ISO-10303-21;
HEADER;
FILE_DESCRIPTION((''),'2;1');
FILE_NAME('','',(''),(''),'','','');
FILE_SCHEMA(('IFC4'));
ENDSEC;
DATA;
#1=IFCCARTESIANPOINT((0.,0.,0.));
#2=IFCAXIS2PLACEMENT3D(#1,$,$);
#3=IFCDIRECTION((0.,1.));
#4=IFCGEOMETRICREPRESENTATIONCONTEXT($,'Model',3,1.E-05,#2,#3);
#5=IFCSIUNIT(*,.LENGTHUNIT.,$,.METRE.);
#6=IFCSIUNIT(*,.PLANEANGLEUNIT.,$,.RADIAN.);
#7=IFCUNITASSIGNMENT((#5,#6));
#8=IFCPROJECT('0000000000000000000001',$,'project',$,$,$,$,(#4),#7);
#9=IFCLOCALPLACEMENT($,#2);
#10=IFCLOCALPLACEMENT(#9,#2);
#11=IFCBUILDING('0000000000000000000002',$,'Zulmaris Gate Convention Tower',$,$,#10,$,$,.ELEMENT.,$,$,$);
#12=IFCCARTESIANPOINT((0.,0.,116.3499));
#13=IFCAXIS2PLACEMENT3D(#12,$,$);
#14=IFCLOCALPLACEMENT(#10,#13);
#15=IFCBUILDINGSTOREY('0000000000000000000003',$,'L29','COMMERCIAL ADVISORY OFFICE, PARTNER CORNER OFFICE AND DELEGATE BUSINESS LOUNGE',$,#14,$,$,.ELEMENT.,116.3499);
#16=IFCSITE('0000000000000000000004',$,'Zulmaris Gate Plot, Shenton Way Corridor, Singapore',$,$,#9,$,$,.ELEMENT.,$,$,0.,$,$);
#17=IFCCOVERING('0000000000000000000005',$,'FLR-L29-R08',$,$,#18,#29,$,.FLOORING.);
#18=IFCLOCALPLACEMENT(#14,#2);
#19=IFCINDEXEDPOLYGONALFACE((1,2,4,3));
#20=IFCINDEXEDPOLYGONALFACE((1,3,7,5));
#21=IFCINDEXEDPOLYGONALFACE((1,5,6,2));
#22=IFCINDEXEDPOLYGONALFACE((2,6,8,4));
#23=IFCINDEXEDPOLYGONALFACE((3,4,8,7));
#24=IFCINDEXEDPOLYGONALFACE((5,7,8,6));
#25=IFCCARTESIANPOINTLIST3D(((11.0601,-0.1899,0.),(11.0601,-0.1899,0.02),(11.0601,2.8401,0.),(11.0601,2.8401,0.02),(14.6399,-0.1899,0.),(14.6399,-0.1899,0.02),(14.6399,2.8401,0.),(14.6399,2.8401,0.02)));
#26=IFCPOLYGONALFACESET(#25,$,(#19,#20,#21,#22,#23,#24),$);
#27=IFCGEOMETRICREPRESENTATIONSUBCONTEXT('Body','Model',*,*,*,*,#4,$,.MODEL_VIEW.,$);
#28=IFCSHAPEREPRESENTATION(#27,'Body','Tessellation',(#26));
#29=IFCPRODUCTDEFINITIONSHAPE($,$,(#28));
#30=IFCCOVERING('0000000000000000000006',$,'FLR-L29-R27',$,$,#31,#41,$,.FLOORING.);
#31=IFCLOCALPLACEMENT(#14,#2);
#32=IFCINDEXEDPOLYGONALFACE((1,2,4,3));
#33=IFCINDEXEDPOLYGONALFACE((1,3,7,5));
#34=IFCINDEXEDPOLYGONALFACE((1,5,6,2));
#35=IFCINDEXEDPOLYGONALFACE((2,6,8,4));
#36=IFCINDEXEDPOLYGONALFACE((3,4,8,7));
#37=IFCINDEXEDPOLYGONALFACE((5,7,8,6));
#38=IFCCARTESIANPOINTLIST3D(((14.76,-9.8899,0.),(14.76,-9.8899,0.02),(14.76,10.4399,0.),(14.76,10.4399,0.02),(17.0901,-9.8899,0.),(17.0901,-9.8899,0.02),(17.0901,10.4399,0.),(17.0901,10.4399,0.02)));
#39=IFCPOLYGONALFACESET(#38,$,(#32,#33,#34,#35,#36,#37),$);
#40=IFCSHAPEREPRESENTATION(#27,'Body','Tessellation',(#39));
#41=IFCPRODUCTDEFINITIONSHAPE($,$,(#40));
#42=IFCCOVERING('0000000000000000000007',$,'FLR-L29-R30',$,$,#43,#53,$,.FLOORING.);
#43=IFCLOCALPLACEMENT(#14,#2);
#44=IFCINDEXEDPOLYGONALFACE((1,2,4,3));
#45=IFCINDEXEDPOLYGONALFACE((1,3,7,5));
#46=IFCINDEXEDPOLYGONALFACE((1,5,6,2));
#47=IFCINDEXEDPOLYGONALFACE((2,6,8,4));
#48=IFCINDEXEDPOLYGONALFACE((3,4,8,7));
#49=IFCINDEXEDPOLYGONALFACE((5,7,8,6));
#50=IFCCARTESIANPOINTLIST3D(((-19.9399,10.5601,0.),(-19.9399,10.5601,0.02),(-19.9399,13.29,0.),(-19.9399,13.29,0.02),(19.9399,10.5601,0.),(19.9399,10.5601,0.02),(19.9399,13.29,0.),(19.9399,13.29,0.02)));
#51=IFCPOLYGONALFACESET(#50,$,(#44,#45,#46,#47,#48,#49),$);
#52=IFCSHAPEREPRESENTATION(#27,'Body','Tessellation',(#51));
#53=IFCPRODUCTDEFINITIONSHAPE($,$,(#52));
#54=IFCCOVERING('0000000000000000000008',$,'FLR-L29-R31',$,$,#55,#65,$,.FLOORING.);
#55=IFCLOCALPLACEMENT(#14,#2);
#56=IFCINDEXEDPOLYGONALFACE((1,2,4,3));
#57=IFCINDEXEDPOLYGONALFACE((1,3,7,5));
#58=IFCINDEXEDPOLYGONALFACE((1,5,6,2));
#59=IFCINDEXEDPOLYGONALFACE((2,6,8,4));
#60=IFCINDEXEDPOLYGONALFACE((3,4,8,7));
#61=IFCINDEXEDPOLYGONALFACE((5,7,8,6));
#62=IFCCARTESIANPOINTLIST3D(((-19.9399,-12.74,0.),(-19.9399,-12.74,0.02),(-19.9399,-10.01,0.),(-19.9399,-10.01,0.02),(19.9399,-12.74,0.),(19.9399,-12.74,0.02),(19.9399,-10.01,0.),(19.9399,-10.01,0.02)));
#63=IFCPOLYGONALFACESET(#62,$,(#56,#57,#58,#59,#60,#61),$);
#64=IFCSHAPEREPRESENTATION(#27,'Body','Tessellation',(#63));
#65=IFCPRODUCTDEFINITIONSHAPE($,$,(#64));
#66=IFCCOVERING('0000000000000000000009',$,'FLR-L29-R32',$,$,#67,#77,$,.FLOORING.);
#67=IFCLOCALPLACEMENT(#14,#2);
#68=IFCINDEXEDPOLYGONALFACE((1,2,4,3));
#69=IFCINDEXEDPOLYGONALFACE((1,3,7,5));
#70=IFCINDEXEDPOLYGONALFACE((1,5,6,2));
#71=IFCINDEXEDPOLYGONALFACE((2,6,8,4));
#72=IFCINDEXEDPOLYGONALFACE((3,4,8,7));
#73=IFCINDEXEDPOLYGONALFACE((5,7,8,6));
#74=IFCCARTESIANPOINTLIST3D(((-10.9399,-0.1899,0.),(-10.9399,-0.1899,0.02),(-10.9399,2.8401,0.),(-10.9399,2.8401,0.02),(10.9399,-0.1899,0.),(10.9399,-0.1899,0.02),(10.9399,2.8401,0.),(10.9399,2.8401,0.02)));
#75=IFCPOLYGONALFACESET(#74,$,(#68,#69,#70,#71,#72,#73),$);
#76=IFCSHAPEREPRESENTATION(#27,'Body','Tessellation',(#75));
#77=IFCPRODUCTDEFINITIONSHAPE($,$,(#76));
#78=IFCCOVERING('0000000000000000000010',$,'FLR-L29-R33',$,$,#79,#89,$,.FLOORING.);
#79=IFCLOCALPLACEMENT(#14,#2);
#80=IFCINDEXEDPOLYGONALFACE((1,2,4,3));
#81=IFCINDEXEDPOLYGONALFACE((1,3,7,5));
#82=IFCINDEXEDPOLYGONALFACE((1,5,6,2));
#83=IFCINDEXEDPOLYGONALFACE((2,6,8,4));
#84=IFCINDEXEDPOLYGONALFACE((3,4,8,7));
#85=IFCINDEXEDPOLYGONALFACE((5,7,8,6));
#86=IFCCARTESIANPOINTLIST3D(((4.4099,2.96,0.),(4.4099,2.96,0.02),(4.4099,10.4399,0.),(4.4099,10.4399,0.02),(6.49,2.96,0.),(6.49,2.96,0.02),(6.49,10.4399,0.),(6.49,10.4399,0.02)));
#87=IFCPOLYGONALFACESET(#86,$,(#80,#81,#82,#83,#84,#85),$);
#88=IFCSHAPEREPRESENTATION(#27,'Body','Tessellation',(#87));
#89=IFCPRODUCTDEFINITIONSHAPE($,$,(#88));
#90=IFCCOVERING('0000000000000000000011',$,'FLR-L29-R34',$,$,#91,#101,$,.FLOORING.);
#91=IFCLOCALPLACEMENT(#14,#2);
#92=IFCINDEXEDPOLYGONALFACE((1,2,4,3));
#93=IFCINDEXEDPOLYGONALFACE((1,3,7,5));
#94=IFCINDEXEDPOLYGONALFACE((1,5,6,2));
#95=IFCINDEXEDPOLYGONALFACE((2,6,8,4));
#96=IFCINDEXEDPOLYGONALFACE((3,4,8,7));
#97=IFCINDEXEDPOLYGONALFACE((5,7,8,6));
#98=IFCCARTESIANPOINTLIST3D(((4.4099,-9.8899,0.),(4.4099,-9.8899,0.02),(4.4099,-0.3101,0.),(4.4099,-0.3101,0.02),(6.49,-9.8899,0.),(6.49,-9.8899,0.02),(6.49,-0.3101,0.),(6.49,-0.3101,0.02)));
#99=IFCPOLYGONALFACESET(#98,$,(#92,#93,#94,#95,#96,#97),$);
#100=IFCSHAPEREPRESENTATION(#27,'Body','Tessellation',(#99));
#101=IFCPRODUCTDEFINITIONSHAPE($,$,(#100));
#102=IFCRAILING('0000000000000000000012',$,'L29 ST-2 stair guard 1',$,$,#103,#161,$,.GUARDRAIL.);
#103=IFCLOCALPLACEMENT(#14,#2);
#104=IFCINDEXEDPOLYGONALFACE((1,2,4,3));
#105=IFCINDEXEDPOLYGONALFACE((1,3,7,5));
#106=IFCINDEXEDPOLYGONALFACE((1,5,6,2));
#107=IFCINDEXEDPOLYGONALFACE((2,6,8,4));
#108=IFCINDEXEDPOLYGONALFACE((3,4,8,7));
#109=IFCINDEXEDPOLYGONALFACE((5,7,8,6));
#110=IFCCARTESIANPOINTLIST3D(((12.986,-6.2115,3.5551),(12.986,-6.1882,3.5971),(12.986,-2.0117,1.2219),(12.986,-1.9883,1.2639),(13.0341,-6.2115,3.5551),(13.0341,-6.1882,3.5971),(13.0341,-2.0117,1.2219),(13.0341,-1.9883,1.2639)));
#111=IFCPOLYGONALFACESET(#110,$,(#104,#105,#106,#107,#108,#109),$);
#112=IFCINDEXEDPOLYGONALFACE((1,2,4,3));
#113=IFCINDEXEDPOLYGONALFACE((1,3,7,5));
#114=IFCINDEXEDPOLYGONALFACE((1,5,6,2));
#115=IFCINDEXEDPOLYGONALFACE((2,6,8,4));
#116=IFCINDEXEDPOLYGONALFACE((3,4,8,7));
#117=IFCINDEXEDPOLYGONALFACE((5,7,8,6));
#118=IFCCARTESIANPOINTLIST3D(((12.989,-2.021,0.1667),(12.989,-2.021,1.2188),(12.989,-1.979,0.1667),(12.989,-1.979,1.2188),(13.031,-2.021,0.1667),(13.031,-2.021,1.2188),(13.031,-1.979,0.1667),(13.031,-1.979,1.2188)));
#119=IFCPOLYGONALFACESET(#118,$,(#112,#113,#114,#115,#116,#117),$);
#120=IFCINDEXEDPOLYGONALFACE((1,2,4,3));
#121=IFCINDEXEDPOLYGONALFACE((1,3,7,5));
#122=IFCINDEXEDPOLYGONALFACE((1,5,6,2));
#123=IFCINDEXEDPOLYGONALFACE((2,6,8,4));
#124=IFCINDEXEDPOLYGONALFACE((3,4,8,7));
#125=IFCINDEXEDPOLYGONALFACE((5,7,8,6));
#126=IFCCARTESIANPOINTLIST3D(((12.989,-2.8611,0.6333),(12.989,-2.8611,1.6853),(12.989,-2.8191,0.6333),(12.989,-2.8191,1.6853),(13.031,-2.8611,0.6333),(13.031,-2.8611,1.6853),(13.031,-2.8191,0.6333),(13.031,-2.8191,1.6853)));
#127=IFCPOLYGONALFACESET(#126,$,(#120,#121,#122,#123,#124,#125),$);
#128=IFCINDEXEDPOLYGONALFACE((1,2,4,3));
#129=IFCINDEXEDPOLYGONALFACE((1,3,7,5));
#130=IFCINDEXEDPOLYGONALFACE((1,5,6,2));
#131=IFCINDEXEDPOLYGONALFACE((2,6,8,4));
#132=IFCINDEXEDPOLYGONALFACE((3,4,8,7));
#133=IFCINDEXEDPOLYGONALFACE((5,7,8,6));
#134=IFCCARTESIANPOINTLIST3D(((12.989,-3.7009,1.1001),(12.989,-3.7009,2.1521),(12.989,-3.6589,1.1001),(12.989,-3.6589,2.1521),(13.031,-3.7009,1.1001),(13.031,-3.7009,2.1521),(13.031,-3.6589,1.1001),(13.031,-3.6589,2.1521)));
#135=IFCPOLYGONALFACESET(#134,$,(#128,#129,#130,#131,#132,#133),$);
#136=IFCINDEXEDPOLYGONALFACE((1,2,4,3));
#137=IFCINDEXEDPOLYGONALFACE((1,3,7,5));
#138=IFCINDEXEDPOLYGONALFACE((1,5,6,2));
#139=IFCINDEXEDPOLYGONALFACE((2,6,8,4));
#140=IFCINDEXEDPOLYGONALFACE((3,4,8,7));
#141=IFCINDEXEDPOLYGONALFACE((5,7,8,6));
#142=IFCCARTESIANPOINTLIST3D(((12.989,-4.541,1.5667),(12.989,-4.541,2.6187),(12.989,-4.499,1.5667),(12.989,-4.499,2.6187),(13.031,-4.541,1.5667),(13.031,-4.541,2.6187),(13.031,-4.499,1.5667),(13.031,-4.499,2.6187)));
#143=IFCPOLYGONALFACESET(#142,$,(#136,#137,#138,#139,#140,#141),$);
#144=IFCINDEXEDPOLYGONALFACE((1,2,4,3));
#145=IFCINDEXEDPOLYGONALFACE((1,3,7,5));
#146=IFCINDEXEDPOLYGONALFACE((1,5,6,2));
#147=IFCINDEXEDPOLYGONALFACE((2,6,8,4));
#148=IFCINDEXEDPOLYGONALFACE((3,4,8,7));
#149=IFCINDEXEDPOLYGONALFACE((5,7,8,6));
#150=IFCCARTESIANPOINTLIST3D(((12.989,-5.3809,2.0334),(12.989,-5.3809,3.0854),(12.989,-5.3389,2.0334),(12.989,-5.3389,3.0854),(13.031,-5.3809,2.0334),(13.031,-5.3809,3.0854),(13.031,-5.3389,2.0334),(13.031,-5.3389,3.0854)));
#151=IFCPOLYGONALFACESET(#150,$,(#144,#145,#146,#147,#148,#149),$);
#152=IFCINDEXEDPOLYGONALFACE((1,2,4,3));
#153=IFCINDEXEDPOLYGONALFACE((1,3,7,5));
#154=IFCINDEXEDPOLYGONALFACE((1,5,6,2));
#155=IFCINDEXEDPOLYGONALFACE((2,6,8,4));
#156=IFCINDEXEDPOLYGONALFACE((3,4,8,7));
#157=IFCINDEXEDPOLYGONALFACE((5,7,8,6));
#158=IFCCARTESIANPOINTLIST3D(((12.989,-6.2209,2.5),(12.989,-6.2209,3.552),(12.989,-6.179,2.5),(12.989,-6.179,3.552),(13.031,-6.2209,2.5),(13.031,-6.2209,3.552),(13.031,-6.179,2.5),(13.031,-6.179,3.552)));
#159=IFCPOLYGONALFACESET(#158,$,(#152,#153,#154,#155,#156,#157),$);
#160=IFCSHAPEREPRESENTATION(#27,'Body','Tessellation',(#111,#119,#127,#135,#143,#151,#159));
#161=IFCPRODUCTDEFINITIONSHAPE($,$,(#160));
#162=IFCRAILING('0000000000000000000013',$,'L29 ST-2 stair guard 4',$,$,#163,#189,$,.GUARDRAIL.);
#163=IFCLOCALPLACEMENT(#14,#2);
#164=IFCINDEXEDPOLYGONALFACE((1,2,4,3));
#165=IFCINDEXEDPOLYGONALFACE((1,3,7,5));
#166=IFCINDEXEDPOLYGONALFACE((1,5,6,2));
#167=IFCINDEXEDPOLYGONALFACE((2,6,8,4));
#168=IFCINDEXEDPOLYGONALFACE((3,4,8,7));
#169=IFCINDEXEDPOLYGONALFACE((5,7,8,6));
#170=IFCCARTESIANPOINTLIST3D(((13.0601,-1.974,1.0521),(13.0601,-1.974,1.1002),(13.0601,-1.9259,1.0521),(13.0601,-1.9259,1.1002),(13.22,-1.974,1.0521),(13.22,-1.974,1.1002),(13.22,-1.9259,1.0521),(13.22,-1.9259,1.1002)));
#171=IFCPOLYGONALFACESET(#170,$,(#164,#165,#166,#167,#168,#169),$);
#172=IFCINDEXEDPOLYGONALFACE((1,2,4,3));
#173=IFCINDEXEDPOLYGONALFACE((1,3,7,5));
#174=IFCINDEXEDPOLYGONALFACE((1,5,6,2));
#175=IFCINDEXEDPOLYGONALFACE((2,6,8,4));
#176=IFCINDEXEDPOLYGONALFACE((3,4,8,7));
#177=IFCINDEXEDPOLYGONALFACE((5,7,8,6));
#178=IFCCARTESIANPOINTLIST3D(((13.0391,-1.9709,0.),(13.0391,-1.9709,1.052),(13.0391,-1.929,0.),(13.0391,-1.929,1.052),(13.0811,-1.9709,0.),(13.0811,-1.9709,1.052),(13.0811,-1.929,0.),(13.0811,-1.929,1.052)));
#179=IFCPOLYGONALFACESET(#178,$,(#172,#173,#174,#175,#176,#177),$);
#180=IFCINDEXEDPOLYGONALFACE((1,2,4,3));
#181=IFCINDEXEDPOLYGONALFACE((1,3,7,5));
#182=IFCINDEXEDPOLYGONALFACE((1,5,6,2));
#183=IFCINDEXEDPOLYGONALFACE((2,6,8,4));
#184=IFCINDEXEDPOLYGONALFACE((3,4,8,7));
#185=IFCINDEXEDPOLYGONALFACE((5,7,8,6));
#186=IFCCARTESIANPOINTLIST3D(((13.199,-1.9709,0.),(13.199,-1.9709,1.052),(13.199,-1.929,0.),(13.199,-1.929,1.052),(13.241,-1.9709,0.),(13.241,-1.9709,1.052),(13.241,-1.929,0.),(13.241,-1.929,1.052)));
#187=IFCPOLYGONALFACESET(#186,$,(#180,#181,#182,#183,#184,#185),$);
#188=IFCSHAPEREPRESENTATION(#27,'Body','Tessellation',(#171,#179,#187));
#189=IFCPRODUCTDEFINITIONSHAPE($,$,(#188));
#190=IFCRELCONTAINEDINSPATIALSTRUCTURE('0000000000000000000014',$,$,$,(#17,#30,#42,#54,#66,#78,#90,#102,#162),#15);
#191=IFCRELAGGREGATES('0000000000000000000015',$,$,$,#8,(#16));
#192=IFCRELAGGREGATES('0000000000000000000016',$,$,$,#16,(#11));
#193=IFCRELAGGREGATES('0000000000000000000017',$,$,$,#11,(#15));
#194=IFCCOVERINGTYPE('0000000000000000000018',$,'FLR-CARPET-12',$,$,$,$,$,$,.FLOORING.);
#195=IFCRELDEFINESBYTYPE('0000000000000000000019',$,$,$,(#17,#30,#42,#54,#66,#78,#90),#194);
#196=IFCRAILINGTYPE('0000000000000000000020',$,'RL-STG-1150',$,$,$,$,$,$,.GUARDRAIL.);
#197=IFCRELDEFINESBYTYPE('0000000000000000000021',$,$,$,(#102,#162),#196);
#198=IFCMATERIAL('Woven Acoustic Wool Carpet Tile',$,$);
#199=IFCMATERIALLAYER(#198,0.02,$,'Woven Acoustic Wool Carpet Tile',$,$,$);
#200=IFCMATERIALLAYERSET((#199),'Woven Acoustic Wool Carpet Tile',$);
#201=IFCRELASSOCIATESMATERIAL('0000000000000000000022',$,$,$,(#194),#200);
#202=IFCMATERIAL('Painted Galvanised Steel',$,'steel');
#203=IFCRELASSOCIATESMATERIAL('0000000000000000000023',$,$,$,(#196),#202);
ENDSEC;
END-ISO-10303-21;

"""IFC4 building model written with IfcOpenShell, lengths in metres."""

from ifc_helpers import new_model, si_unit, direction, frame, origin, origin_2d, place, context, subcontext, project, spatial, polyline, rectangle, outline, extrude, material, layer, layer_set, type_object, element, save


model = new_model("IFC4")

# Units and contexts
model_context = context("Model", 3, precision=1e-05, world=origin(), true_north=direction((0.0, 1.0)))
body_context = subcontext(model_context, "Body", "Model", "MODEL_VIEW")
ifc_project = project(units=[si_unit("LENGTHUNIT", "METRE"), si_unit("PLANEANGLEUNIT", "RADIAN")], contexts=[model_context])

# Site, building, storey
site_placement = place(None, origin())
site = spatial("IfcSite", under=ifc_project, at=site_placement, Name="Zulmaris Gate Plot, Shenton Way Corridor, Singapore", CompositionType="ELEMENT", RefElevation=0.0)
building_placement = place(site_placement, origin())
building = spatial("IfcBuilding", under=site, at=building_placement, Name="Zulmaris Gate Convention Tower", CompositionType="ELEMENT")
storey_placement = place(building_placement, frame((0.0, 0.0, 116.3499)))
storey = spatial("IfcBuildingStorey", under=building, at=storey_placement, Name="L29", Description="COMMERCIAL ADVISORY OFFICE, PARTNER CORNER OFFICE AND DELEGATE BUSINESS LOUNGE", CompositionType="ELEMENT", Elevation=116.3499)

# Coverings
ifc_material_1 = material(Name="Woven Acoustic Wool Carpet Tile")
ifc_layer_1 = layer(ifc_material_1, 0.02, Name="Woven Acoustic Wool Carpet Tile")
ifc_layer_set_1 = layer_set([ifc_layer_1], Name="Woven Acoustic Wool Carpet Tile")
covering_type_1 = type_object("IfcCoveringType", Name="FLR-CARPET-12", PredefinedType="FLOORING", material=ifc_layer_set_1)
covering_1_placement = place(storey_placement, origin())
element("IfcCovering", 1, at=covering_1_placement, inside=storey, type_object=covering_type_1, Name="FLR-L29-R08", PredefinedType="FLOORING", context=body_context, shape_type="SweptSolid", body=[
    extrude(outline(polyline([(11.0601, -0.1899), (14.6399, -0.1899), (14.6399, 2.8401), (11.0601, 2.8401), (11.0601, -0.1899)])), origin(), (0.0, 0.0, 1.0), 0.02),
])
covering_2_placement = place(storey_placement, origin())
element("IfcCovering", 2, at=covering_2_placement, inside=storey, type_object=covering_type_1, Name="FLR-L29-R27", PredefinedType="FLOORING", context=body_context, shape_type="SweptSolid", body=[
    extrude(outline(polyline([(14.76, -9.8899), (17.0901, -9.8899), (17.0901, 10.4399), (14.76, 10.4399), (14.76, -9.8899)])), origin(), (0.0, 0.0, 1.0), 0.02),
])
covering_3_placement = place(storey_placement, origin())
element("IfcCovering", 3, at=covering_3_placement, inside=storey, type_object=covering_type_1, Name="FLR-L29-R30", PredefinedType="FLOORING", context=body_context, shape_type="SweptSolid", body=[
    extrude(outline(polyline([(-19.9399, 10.5601), (19.9399, 10.5601), (19.9399, 13.29), (-19.9399, 13.29), (-19.9399, 10.5601)])), origin(), (0.0, 0.0, 1.0), 0.02),
])
covering_4_placement = place(storey_placement, origin())
element("IfcCovering", 4, at=covering_4_placement, inside=storey, type_object=covering_type_1, Name="FLR-L29-R31", PredefinedType="FLOORING", context=body_context, shape_type="SweptSolid", body=[
    extrude(outline(polyline([(-19.9399, -12.74), (19.9399, -12.74), (19.9399, -10.01), (-19.9399, -10.01), (-19.9399, -12.74)])), origin(), (0.0, 0.0, 1.0), 0.02),
])
covering_5_placement = place(storey_placement, origin())
element("IfcCovering", 5, at=covering_5_placement, inside=storey, type_object=covering_type_1, Name="FLR-L29-R32", PredefinedType="FLOORING", context=body_context, shape_type="SweptSolid", body=[
    extrude(outline(polyline([(-10.9399, -0.1899), (10.9399, -0.1899), (10.9399, 2.8401), (-10.9399, 2.8401), (-10.9399, -0.1899)])), origin(), (0.0, 0.0, 1.0), 0.02),
])
covering_6_placement = place(storey_placement, origin())
element("IfcCovering", 6, at=covering_6_placement, inside=storey, type_object=covering_type_1, Name="FLR-L29-R33", PredefinedType="FLOORING", context=body_context, shape_type="SweptSolid", body=[
    extrude(outline(polyline([(4.4099, 2.96), (6.49, 2.96), (6.49, 10.4399), (4.4099, 10.4399), (4.4099, 2.96)])), origin(), (0.0, 0.0, 1.0), 0.02),
])
covering_7_placement = place(storey_placement, origin())
element("IfcCovering", 7, at=covering_7_placement, inside=storey, type_object=covering_type_1, Name="FLR-L29-R34", PredefinedType="FLOORING", context=body_context, shape_type="SweptSolid", body=[
    extrude(outline(polyline([(4.4099, -9.8899), (6.49, -9.8899), (6.49, -0.3101), (4.4099, -0.3101), (4.4099, -9.8899)])), origin(), (0.0, 0.0, 1.0), 0.02),
])

# Railings
ifc_material_2 = material(Name="Painted Galvanised Steel", Category="steel")
railing_type_1 = type_object("IfcRailingType", Name="RL-STG-1150", PredefinedType="GUARDRAIL", material=ifc_material_2)
railing_1_placement = place(storey_placement, frame((13.01, -2.0, 0.1667)))
element("IfcRailing", 8, at=railing_1_placement, inside=storey, type_object=railing_type_1, Name="L29 ST-2 stair guard 1", PredefinedType="GUARDRAIL", context=body_context, shape_type="SweptSolid", body=[
    extrude(rectangle(XDim=0.0481, YDim=0.0481, at=origin_2d()), frame((0.0, 0.0, 1.0762), z_axis=(0.0, -0.874162, 0.485634), x_axis=(1.0, 0.0, 0.0)), (0.0, 0.0, 1.0), 4.8044),
    extrude(rectangle(XDim=0.042, YDim=0.042, at=origin_2d()), origin(), (0.0, 0.0, 1.0), 1.052),
    extrude(rectangle(XDim=0.042, YDim=0.042, at=origin_2d()), frame((0.0, -0.8401, 0.4666)), (0.0, 0.0, 1.0), 1.052),
    extrude(rectangle(XDim=0.042, YDim=0.042, at=origin_2d()), frame((0.0, -1.6799, 0.9333)), (0.0, 0.0, 1.0), 1.052),
    extrude(rectangle(XDim=0.042, YDim=0.042, at=origin_2d()), frame((0.0, -2.52, 1.3999)), (0.0, 0.0, 1.0), 1.052),
    extrude(rectangle(XDim=0.042, YDim=0.042, at=origin_2d()), frame((0.0, -3.3599, 1.8667)), (0.0, 0.0, 1.0), 1.052),
    extrude(rectangle(XDim=0.042, YDim=0.042, at=origin_2d()), frame((0.0, -4.2, 2.3333)), (0.0, 0.0, 1.0), 1.052),
])
railing_2_placement = place(storey_placement, frame((13.0601, -1.95, 0.0)))
element("IfcRailing", 9, at=railing_2_placement, inside=storey, type_object=railing_type_1, Name="L29 ST-2 stair guard 4", PredefinedType="GUARDRAIL", context=body_context, shape_type="SweptSolid", body=[
    extrude(rectangle(XDim=0.0481, YDim=0.0481, at=origin_2d()), frame((0.0, 0.0, 1.0762), z_axis=(1.0, 0.0, 0.0), x_axis=(0.0, 1.0, 0.0)), (0.0, 0.0, 1.0), 0.1599),
    extrude(rectangle(XDim=0.042, YDim=0.042, at=origin_2d()), origin(), (0.0, 0.0, 1.0), 1.052),
    extrude(rectangle(XDim=0.042, YDim=0.042, at=origin_2d()), frame((0.1599, 0.0, 0.0)), (0.0, 0.0, 1.0), 1.052),
])

save(model, "model.ifc")
